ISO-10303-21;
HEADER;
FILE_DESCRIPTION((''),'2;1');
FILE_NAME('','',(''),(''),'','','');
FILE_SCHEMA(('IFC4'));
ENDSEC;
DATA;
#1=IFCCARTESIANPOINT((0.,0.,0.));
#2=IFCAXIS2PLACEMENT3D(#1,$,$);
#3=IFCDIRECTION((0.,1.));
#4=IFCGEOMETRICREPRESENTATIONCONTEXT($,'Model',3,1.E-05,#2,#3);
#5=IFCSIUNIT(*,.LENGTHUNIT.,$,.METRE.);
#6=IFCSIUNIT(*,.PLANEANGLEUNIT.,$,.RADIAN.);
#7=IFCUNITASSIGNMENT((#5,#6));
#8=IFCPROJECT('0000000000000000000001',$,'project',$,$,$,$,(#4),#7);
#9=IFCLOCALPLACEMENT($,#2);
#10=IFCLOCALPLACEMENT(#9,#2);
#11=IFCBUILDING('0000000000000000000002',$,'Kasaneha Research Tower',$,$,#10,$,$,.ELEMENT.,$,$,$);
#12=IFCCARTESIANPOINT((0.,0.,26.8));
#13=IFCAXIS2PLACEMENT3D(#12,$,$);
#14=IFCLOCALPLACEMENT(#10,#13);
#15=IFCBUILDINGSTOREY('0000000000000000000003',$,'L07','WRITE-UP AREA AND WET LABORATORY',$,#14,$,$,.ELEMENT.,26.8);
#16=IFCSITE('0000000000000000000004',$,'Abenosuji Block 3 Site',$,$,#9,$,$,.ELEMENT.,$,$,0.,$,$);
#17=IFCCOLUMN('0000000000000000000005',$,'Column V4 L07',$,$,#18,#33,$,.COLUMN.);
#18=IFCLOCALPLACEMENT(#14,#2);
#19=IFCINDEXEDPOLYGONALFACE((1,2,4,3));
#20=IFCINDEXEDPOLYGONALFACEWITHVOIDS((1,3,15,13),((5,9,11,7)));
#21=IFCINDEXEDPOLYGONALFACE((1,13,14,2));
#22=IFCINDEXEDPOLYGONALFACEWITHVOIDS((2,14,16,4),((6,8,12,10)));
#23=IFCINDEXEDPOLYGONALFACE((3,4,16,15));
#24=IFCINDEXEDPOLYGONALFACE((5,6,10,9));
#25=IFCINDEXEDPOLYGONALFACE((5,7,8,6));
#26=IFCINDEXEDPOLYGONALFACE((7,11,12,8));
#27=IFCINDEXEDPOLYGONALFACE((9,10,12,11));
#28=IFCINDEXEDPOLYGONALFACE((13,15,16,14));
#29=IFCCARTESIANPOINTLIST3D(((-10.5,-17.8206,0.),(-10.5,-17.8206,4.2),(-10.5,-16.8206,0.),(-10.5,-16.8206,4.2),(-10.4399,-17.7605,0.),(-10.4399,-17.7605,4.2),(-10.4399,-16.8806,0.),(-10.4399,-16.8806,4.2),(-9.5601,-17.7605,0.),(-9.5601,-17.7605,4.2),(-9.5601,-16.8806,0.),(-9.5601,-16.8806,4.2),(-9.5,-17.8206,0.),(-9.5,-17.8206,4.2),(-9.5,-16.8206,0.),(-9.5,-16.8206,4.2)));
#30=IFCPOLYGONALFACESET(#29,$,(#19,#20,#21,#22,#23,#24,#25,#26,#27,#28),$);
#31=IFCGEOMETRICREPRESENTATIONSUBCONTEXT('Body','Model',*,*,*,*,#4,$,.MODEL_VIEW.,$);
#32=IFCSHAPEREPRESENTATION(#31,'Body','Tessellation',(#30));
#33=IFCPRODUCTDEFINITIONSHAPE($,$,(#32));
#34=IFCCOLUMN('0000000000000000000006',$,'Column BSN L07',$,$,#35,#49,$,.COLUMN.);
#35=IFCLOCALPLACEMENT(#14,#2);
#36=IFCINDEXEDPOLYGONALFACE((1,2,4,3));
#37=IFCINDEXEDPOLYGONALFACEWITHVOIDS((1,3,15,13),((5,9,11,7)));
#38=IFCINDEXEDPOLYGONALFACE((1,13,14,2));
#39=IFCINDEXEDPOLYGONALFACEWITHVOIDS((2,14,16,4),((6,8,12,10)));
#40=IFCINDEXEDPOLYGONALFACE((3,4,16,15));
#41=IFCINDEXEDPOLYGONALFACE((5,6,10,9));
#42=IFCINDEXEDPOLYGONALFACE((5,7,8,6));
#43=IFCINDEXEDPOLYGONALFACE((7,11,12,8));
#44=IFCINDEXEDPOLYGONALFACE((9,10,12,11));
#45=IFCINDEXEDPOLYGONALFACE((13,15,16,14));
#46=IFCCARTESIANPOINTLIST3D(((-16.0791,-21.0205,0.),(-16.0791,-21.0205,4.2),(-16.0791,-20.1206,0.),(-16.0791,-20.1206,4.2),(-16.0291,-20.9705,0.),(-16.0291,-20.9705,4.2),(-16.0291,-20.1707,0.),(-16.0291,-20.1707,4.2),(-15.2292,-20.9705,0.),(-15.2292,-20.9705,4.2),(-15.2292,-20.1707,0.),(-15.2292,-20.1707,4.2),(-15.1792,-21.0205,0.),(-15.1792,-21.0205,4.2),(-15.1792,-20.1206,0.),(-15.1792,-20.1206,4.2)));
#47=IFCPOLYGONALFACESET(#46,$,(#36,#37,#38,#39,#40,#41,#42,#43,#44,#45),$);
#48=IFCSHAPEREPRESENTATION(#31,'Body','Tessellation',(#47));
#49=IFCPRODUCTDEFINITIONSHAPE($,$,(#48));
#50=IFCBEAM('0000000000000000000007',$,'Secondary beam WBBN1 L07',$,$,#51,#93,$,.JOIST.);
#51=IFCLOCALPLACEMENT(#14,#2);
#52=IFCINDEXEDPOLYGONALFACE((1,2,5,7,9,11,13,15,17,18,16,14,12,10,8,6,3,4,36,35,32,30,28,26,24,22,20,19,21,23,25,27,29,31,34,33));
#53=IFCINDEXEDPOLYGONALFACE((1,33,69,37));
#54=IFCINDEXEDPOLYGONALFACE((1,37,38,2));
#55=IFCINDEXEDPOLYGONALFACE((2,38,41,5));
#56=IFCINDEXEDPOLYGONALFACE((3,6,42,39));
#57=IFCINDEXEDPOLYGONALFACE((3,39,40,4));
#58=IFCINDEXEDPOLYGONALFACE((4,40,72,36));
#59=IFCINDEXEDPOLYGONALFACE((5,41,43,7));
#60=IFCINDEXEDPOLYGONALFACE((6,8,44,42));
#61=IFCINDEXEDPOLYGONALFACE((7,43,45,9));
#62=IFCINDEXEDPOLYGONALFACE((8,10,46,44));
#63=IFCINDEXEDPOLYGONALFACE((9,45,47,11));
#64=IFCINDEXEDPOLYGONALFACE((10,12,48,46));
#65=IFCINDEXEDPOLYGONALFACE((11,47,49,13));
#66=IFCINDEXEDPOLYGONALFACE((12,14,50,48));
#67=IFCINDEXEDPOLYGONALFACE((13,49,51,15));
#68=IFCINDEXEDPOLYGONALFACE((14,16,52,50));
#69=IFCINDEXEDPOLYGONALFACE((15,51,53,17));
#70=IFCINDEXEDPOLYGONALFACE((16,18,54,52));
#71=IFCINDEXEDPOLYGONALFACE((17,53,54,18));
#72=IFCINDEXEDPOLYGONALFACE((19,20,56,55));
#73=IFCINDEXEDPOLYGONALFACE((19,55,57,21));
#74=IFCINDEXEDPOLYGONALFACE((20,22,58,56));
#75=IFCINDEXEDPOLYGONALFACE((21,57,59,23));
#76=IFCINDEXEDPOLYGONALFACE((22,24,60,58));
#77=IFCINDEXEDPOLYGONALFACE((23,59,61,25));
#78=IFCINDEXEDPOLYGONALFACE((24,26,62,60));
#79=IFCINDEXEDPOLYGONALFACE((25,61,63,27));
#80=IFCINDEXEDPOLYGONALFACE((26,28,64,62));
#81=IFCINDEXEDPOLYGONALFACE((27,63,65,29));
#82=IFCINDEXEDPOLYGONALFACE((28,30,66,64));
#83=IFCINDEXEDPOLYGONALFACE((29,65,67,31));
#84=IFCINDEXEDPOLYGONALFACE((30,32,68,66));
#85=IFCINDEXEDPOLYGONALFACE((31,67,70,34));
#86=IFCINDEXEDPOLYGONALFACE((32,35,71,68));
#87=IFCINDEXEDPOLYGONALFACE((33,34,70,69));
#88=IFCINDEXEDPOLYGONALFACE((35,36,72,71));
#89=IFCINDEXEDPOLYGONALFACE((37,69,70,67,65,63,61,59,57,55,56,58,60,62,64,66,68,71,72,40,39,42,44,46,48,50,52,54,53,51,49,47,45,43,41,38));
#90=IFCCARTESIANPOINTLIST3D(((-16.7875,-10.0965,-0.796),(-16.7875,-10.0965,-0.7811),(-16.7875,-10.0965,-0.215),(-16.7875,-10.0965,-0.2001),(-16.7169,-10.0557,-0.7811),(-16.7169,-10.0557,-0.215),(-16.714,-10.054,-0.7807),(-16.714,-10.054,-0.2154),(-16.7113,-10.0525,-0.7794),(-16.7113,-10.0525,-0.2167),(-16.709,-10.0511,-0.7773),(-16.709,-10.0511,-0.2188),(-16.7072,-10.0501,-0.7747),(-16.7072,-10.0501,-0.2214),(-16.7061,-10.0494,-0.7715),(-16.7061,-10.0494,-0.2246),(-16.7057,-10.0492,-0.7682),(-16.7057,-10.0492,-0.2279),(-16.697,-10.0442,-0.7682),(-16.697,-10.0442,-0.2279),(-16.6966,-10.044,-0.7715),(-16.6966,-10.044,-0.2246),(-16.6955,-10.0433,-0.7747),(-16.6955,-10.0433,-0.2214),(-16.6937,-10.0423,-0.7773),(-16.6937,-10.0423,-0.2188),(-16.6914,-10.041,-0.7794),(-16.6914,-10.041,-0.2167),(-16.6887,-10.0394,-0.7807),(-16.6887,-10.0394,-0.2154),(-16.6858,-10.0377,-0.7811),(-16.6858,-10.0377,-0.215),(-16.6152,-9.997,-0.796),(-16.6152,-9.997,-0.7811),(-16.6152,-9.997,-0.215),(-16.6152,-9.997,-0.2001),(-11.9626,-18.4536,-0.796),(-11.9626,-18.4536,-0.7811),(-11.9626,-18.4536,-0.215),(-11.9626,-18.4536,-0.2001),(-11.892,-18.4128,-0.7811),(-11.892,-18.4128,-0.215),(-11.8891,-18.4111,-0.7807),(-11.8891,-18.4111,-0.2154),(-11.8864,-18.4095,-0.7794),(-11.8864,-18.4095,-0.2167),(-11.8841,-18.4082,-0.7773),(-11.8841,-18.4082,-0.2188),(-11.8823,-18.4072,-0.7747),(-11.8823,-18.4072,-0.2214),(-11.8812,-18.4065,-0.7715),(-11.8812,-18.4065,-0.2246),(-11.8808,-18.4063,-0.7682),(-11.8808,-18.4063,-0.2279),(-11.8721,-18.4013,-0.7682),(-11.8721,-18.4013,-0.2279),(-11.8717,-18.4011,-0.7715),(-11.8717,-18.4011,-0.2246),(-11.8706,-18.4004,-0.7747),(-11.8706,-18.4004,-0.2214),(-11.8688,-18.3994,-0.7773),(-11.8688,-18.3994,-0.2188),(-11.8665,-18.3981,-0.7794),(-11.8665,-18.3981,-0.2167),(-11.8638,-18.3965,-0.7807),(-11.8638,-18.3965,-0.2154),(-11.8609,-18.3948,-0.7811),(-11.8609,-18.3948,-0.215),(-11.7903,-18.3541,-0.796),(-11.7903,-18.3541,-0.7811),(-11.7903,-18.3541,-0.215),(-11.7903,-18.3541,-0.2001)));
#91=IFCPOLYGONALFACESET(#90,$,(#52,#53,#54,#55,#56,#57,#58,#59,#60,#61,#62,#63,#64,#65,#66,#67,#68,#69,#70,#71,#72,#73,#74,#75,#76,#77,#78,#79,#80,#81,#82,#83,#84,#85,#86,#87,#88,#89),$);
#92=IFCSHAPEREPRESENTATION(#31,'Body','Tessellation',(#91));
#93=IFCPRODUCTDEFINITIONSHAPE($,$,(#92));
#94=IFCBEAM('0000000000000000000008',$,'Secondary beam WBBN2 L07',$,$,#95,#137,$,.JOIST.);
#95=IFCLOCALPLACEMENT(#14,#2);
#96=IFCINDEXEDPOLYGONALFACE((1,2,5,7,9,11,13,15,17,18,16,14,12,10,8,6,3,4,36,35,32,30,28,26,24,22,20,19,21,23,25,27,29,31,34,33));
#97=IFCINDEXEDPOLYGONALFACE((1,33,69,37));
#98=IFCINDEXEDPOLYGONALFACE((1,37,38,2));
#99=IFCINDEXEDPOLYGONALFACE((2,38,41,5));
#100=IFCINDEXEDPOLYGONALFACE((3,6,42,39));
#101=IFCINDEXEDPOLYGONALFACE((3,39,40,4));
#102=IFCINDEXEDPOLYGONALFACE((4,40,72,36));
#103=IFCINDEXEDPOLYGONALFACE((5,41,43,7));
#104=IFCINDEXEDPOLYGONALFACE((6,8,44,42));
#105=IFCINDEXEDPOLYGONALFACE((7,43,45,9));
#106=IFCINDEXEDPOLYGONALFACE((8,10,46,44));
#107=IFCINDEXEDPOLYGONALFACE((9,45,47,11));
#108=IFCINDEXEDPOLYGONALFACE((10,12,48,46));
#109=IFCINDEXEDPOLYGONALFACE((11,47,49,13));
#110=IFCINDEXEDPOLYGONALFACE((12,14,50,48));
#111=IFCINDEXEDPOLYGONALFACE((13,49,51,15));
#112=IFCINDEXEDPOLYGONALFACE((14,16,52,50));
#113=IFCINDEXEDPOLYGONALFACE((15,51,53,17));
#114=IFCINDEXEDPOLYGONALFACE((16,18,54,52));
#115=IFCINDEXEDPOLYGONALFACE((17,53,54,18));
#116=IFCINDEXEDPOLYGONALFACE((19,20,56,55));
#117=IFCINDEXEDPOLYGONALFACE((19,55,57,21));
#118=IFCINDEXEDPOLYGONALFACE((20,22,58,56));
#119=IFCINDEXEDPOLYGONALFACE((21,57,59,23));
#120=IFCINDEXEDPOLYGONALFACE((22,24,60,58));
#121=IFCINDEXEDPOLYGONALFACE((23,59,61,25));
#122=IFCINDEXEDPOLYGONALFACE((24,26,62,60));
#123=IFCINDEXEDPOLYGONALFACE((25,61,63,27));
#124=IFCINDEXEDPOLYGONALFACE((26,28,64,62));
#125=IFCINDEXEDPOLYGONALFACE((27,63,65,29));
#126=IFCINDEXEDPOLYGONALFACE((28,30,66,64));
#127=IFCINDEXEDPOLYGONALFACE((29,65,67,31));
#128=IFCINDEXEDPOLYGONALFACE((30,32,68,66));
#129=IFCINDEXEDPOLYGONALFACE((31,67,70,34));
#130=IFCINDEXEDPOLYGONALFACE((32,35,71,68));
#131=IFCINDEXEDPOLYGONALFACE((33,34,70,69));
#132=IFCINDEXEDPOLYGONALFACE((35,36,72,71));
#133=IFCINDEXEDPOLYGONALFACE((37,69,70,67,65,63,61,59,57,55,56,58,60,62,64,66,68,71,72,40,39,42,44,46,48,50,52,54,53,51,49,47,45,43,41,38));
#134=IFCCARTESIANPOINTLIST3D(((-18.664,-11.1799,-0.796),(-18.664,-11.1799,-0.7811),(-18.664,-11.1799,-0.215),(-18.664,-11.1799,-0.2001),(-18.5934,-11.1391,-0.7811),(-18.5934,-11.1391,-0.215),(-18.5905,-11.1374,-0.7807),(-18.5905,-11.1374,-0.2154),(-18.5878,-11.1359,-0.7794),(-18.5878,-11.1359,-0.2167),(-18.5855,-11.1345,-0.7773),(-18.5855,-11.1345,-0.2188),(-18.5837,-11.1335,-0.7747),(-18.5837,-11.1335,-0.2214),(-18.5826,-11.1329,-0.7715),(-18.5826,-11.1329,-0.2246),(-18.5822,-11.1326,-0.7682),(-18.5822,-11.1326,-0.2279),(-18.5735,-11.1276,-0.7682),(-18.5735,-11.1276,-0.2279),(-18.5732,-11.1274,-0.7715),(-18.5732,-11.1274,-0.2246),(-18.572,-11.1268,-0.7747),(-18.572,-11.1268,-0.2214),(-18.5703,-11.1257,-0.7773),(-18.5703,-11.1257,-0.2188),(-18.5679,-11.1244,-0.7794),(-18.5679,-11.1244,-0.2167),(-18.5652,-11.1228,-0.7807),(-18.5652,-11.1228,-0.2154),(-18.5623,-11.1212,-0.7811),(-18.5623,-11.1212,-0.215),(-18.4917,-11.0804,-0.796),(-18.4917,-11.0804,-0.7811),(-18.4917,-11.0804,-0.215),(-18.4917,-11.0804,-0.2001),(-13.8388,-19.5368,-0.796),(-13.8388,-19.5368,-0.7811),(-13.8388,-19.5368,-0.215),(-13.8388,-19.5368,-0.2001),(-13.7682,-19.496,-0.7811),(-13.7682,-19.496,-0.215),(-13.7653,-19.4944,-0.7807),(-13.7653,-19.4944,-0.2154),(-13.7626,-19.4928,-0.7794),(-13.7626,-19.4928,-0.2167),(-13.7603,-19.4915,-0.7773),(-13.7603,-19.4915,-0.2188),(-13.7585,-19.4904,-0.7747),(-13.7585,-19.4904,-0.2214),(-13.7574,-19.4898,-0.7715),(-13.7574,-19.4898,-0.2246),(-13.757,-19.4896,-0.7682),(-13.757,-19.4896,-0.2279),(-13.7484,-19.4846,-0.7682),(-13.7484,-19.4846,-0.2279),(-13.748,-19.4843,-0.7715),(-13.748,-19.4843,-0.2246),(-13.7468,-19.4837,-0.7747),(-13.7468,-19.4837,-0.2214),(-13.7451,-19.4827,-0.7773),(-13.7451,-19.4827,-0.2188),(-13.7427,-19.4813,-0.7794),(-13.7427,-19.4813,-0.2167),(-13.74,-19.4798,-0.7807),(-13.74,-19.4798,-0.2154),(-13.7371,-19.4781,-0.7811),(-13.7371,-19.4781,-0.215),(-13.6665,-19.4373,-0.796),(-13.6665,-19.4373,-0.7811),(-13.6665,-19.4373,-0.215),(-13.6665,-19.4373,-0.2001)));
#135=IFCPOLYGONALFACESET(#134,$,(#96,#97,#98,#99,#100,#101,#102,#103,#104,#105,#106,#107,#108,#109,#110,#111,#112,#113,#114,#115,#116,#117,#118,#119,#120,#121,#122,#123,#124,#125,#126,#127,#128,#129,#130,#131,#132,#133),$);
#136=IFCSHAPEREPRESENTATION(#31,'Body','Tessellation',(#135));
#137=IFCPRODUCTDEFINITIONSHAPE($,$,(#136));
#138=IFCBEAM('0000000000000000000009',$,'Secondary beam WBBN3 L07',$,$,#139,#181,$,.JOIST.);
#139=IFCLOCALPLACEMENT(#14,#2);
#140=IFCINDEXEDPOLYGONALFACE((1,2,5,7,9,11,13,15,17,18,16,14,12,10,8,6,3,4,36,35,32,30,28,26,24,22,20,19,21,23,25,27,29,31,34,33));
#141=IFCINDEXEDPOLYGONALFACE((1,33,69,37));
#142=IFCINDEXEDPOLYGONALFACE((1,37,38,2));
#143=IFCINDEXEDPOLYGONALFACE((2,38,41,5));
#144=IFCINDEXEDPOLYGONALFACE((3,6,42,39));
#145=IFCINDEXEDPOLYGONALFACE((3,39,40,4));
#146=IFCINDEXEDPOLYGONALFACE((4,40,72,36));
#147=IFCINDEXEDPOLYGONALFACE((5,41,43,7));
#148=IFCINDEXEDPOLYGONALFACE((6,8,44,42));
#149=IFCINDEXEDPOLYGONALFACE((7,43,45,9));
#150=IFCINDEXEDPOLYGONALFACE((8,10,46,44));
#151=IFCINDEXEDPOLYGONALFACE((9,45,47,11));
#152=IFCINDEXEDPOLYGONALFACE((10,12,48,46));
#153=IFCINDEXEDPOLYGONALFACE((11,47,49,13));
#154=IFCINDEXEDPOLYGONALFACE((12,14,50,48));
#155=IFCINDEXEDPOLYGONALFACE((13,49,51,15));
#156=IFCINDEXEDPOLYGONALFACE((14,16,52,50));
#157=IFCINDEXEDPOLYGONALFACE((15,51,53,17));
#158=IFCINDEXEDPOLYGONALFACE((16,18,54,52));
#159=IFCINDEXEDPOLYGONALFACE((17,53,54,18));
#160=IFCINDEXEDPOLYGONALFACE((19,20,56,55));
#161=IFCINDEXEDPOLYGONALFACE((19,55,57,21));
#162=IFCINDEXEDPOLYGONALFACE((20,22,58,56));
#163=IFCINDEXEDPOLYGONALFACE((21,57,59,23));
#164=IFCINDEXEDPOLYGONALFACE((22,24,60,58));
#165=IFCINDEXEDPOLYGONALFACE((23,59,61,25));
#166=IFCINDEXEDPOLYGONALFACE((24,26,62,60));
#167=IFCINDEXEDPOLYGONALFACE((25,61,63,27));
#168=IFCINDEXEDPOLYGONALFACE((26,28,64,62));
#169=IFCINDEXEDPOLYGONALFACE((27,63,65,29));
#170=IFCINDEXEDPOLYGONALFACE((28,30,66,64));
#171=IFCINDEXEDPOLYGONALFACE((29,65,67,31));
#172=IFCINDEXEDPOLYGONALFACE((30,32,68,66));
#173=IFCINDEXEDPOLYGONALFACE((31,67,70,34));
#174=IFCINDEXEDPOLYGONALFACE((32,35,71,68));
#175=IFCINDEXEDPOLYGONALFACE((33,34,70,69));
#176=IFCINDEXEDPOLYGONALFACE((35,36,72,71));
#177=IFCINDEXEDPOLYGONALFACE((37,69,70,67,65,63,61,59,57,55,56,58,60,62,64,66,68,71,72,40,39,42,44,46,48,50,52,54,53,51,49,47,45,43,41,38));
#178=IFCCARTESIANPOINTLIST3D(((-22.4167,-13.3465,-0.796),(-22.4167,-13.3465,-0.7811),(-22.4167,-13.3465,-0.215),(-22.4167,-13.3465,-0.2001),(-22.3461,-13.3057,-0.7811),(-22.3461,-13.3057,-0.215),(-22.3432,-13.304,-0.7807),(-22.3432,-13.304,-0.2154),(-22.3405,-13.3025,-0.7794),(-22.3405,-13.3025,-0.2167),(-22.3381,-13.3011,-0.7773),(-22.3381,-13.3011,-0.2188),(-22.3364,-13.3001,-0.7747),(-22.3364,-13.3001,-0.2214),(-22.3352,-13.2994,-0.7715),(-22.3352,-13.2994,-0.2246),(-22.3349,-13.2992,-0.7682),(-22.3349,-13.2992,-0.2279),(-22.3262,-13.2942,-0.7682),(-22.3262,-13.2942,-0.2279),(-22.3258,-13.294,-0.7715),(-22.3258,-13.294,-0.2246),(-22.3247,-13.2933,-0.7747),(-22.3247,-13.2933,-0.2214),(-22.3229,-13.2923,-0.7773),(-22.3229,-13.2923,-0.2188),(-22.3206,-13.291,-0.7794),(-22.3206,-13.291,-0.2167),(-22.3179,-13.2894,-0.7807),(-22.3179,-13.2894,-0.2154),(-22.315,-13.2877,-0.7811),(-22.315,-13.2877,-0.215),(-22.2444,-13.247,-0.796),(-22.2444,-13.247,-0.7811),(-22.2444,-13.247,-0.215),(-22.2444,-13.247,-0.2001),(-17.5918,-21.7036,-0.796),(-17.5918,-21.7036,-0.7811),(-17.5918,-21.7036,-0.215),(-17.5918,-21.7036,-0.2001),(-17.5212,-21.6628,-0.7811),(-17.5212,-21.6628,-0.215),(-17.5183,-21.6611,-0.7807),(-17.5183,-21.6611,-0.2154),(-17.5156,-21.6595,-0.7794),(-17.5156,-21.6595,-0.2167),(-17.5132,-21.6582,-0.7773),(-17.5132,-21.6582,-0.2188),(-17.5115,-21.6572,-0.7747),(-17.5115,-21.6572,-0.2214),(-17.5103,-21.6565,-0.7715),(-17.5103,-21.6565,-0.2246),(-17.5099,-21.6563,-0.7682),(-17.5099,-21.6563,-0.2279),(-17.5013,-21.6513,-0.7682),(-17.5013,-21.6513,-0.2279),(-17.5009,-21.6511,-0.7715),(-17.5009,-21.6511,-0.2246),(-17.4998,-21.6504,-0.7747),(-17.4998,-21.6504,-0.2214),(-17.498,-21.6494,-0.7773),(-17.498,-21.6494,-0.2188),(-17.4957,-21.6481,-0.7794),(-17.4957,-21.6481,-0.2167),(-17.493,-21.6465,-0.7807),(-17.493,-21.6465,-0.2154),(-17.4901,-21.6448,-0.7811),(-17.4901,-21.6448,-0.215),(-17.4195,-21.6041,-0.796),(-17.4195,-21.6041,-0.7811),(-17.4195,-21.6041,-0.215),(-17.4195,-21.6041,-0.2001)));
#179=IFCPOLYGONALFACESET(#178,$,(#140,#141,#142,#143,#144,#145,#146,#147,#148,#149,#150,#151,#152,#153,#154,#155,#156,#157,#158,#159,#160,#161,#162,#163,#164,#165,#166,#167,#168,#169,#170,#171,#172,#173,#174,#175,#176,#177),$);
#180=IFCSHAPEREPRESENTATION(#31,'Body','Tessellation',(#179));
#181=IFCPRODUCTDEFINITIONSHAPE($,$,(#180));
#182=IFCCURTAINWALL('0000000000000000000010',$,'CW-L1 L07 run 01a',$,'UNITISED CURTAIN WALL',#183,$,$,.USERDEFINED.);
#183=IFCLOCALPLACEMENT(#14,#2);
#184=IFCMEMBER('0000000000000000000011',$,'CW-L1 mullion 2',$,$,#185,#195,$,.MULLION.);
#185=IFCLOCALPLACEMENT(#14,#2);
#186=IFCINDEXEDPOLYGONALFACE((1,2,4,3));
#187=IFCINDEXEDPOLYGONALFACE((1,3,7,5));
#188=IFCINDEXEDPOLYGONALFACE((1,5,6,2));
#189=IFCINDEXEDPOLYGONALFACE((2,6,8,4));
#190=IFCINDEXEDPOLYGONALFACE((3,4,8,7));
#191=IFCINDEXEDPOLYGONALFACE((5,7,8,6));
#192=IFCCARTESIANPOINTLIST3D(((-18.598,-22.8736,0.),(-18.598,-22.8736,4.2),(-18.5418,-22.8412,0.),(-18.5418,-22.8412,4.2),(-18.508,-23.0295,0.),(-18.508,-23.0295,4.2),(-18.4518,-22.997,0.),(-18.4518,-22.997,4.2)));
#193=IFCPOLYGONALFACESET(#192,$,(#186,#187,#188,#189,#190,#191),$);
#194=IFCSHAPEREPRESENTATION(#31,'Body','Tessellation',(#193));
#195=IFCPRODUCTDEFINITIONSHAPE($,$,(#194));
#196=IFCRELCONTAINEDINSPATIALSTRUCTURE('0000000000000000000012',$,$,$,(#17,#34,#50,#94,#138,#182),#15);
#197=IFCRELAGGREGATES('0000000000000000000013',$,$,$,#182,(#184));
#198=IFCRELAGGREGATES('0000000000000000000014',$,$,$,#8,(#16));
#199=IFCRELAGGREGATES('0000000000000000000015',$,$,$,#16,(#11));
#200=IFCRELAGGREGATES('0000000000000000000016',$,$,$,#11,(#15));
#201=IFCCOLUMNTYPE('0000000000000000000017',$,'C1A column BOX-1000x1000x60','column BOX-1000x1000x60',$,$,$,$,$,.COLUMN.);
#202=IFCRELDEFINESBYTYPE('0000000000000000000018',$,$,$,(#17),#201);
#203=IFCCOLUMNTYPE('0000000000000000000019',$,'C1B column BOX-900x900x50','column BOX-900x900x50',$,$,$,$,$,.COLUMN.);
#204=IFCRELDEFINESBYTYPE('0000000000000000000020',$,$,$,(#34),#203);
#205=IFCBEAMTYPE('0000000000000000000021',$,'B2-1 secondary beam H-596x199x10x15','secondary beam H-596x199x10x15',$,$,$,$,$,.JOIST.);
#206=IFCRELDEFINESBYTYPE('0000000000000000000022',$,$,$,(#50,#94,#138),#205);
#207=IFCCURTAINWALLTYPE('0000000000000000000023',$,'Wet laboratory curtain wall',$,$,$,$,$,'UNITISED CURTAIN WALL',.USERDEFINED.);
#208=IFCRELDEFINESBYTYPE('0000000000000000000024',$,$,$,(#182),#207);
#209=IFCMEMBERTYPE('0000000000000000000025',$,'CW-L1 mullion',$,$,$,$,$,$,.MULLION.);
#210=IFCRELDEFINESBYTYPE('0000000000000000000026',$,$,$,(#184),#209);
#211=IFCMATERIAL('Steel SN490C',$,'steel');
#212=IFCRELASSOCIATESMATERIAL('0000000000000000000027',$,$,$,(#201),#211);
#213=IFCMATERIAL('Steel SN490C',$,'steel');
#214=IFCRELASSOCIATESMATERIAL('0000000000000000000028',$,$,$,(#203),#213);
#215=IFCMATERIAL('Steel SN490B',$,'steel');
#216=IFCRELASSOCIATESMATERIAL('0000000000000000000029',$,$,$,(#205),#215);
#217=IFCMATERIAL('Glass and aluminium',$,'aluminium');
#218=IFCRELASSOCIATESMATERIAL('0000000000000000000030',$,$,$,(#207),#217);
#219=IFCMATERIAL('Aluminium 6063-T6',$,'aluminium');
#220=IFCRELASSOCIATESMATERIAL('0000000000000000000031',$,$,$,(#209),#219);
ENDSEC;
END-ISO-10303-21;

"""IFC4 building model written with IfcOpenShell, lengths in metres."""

from ifc_helpers import new_model, si_unit, direction, frame, origin, origin_2d, place, context, subcontext, project, spatial, rectangle, hollow_rectangle, i_section, extrude, material, material_profile, profile_set, type_object, element, aggregate, save


model = new_model("IFC4")

# Units and contexts
model_context = context("Model", 3, precision=1e-05, world=origin(), true_north=direction((0.0, 1.0)))
body_context = subcontext(model_context, "Body", "Model", "MODEL_VIEW")
ifc_project = project(units=[si_unit("LENGTHUNIT", "METRE"), si_unit("PLANEANGLEUNIT", "RADIAN")], contexts=[model_context])

# Site, building, storey
site_placement = place(None, origin())
site = spatial("IfcSite", under=ifc_project, at=site_placement, Name="Abenosuji Block 3 Site", CompositionType="ELEMENT", RefElevation=0.0)
building_placement = place(site_placement, origin())
building = spatial("IfcBuilding", under=site, at=building_placement, Name="Kasaneha Research Tower", CompositionType="ELEMENT")
storey_placement = place(building_placement, frame((0.0, 0.0, 26.8)))
storey = spatial("IfcBuildingStorey", under=building, at=storey_placement, Name="L07", Description="WRITE-UP AREA AND WET LABORATORY", CompositionType="ELEMENT", Elevation=26.8)

# Columns
ifc_material_1 = material(Name="Steel SN490C", Category="steel")
ifc_material_profile_1 = material_profile(ifc_material_1, hollow_rectangle(XDim=1.0, YDim=1.0, WallThickness=0.0601, at=origin_2d()), Name="BOX-1000x1000x60")
ifc_profile_set_1 = profile_set([ifc_material_profile_1], Name="Steel SN490C")
column_type_1 = type_object("IfcColumnType", Name="C1A column BOX-1000x1000x60", Description="column BOX-1000x1000x60", PredefinedType="COLUMN", material=ifc_profile_set_1)
column_1_placement = place(storey_placement, frame((-10.0, -17.3206, 0.0), z_axis=(0.0, 0.0, 1.0), x_axis=(1.0, 0.0, 0.0)))
element("IfcColumn", 1, at=column_1_placement, inside=storey, type_object=column_type_1, Name="Column V4 L07", PredefinedType="COLUMN", context=body_context, shape_type="SweptSolid", body=[
    extrude(hollow_rectangle(XDim=1.0, YDim=1.0, WallThickness=0.0601, at=origin_2d()), origin(), (0.0, 0.0, 1.0), 4.2),
])
ifc_material_2 = material(Name="Steel SN490C", Category="steel")
ifc_material_profile_2 = material_profile(ifc_material_2, hollow_rectangle(XDim=0.8999, YDim=0.8999, WallThickness=0.05, at=origin_2d()), Name="BOX-900x900x50")
ifc_profile_set_2 = profile_set([ifc_material_profile_2], Name="Steel SN490C")
column_type_2 = type_object("IfcColumnType", Name="C1B column BOX-900x900x50", Description="column BOX-900x900x50", PredefinedType="COLUMN", material=ifc_profile_set_2)
column_2_placement = place(storey_placement, frame((-15.6292, -20.5706, 0.0), z_axis=(0.0, 0.0, 1.0), x_axis=(1.0, 0.0, 0.0)))
element("IfcColumn", 2, at=column_2_placement, inside=storey, type_object=column_type_2, Name="Column BSN L07", PredefinedType="COLUMN", context=body_context, shape_type="SweptSolid", body=[
    extrude(hollow_rectangle(XDim=0.8999, YDim=0.8999, WallThickness=0.05, at=origin_2d()), origin(), (0.0, 0.0, 1.0), 4.2),
])

# Beams
ifc_material_3 = material(Name="Steel SN490B", Category="steel")
ifc_material_profile_3 = material_profile(ifc_material_3, i_section(OverallWidth=0.199, OverallDepth=0.5959, WebThickness=0.01, FlangeThickness=0.0149, FilletRadius=0.0129, at=origin_2d()), Name="H-596x199x10x15")
ifc_profile_set_3 = profile_set([ifc_material_profile_3], Name="Steel SN490B")
beam_type_1 = type_object("IfcBeamType", Name="B2-1 secondary beam H-596x199x10x15", Description="secondary beam H-596x199x10x15", PredefinedType="JOIST", material=ifc_profile_set_3)
for number, where, z_axis, x_axis, name in (
    (3, (-11.8765, -18.4038, -0.498), (-0.499995, 0.866028, 0.0), (-0.866028, -0.499995, 0.0), "Secondary beam WBBN1 L07"),
    (4, (-13.7527, -19.4871, -0.498), (-0.500025, 0.866011, 0.0), (-0.866011, -0.500025, 0.0), "Secondary beam WBBN2 L07"),
    (5, (-17.5056, -21.6538, -0.498), (-0.499995, 0.866028, 0.0), (-0.866028, -0.499995, 0.0), "Secondary beam WBBN3 L07"),
):
    element("IfcBeam", number, at=place(storey_placement, frame(where, z_axis=z_axis, x_axis=x_axis)), inside=storey, type_object=beam_type_1, Name=name, PredefinedType="JOIST", context=body_context, shape_type="SweptSolid", body=[
        extrude(i_section(OverallWidth=0.199, OverallDepth=0.5959, WebThickness=0.01, FlangeThickness=0.0149, FilletRadius=0.0129, at=origin_2d()), origin(), (0.0, 0.0, 1.0), 9.6499),
    ])

# Curtain wall, member
ifc_material_4 = material(Name="Glass and aluminium", Category="aluminium")
curtain_wall_type = type_object("IfcCurtainWallType", Name="Wet laboratory curtain wall", ElementType="UNITISED CURTAIN WALL", PredefinedType="USERDEFINED", material=ifc_material_4)
curtain_wall_1_placement = place(storey_placement, origin())
curtain_wall_1 = element("IfcCurtainWall", 6, at=curtain_wall_1_placement, inside=storey, type_object=curtain_wall_type, Name="CW-L1 L07 run 01a", ObjectType="UNITISED CURTAIN WALL", PredefinedType="USERDEFINED")
ifc_material_5 = material(Name="Aluminium 6063-T6", Category="aluminium")
ifc_material_profile_4 = material_profile(ifc_material_5, rectangle(XDim=0.0649, YDim=0.1799, at=origin_2d()), Name="CW-L1 mullion 65x180")
ifc_profile_set_4 = profile_set([ifc_material_profile_4], Name="Aluminium 6063-T6")
member_type_1 = type_object("IfcMemberType", Name="CW-L1 mullion", PredefinedType="MULLION", material=ifc_profile_set_4)
member_1_placement = place(storey_placement, frame((-18.5249, -22.9353, 0.0), z_axis=(0.0, 0.0, 1.0), x_axis=(0.866025, 0.5, 0.0)))
member_1 = element("IfcMember", 7, at=member_1_placement, type_object=member_type_1, Name="CW-L1 mullion 2", PredefinedType="MULLION", context=body_context, shape_type="SweptSolid", body=[
    extrude(rectangle(XDim=0.0649, YDim=0.1799, at=origin_2d()), origin(), (0.0, 0.0, 1.0), 4.2),
])

aggregate(curtain_wall_1, [member_1])

save(model, "model.ifc")
